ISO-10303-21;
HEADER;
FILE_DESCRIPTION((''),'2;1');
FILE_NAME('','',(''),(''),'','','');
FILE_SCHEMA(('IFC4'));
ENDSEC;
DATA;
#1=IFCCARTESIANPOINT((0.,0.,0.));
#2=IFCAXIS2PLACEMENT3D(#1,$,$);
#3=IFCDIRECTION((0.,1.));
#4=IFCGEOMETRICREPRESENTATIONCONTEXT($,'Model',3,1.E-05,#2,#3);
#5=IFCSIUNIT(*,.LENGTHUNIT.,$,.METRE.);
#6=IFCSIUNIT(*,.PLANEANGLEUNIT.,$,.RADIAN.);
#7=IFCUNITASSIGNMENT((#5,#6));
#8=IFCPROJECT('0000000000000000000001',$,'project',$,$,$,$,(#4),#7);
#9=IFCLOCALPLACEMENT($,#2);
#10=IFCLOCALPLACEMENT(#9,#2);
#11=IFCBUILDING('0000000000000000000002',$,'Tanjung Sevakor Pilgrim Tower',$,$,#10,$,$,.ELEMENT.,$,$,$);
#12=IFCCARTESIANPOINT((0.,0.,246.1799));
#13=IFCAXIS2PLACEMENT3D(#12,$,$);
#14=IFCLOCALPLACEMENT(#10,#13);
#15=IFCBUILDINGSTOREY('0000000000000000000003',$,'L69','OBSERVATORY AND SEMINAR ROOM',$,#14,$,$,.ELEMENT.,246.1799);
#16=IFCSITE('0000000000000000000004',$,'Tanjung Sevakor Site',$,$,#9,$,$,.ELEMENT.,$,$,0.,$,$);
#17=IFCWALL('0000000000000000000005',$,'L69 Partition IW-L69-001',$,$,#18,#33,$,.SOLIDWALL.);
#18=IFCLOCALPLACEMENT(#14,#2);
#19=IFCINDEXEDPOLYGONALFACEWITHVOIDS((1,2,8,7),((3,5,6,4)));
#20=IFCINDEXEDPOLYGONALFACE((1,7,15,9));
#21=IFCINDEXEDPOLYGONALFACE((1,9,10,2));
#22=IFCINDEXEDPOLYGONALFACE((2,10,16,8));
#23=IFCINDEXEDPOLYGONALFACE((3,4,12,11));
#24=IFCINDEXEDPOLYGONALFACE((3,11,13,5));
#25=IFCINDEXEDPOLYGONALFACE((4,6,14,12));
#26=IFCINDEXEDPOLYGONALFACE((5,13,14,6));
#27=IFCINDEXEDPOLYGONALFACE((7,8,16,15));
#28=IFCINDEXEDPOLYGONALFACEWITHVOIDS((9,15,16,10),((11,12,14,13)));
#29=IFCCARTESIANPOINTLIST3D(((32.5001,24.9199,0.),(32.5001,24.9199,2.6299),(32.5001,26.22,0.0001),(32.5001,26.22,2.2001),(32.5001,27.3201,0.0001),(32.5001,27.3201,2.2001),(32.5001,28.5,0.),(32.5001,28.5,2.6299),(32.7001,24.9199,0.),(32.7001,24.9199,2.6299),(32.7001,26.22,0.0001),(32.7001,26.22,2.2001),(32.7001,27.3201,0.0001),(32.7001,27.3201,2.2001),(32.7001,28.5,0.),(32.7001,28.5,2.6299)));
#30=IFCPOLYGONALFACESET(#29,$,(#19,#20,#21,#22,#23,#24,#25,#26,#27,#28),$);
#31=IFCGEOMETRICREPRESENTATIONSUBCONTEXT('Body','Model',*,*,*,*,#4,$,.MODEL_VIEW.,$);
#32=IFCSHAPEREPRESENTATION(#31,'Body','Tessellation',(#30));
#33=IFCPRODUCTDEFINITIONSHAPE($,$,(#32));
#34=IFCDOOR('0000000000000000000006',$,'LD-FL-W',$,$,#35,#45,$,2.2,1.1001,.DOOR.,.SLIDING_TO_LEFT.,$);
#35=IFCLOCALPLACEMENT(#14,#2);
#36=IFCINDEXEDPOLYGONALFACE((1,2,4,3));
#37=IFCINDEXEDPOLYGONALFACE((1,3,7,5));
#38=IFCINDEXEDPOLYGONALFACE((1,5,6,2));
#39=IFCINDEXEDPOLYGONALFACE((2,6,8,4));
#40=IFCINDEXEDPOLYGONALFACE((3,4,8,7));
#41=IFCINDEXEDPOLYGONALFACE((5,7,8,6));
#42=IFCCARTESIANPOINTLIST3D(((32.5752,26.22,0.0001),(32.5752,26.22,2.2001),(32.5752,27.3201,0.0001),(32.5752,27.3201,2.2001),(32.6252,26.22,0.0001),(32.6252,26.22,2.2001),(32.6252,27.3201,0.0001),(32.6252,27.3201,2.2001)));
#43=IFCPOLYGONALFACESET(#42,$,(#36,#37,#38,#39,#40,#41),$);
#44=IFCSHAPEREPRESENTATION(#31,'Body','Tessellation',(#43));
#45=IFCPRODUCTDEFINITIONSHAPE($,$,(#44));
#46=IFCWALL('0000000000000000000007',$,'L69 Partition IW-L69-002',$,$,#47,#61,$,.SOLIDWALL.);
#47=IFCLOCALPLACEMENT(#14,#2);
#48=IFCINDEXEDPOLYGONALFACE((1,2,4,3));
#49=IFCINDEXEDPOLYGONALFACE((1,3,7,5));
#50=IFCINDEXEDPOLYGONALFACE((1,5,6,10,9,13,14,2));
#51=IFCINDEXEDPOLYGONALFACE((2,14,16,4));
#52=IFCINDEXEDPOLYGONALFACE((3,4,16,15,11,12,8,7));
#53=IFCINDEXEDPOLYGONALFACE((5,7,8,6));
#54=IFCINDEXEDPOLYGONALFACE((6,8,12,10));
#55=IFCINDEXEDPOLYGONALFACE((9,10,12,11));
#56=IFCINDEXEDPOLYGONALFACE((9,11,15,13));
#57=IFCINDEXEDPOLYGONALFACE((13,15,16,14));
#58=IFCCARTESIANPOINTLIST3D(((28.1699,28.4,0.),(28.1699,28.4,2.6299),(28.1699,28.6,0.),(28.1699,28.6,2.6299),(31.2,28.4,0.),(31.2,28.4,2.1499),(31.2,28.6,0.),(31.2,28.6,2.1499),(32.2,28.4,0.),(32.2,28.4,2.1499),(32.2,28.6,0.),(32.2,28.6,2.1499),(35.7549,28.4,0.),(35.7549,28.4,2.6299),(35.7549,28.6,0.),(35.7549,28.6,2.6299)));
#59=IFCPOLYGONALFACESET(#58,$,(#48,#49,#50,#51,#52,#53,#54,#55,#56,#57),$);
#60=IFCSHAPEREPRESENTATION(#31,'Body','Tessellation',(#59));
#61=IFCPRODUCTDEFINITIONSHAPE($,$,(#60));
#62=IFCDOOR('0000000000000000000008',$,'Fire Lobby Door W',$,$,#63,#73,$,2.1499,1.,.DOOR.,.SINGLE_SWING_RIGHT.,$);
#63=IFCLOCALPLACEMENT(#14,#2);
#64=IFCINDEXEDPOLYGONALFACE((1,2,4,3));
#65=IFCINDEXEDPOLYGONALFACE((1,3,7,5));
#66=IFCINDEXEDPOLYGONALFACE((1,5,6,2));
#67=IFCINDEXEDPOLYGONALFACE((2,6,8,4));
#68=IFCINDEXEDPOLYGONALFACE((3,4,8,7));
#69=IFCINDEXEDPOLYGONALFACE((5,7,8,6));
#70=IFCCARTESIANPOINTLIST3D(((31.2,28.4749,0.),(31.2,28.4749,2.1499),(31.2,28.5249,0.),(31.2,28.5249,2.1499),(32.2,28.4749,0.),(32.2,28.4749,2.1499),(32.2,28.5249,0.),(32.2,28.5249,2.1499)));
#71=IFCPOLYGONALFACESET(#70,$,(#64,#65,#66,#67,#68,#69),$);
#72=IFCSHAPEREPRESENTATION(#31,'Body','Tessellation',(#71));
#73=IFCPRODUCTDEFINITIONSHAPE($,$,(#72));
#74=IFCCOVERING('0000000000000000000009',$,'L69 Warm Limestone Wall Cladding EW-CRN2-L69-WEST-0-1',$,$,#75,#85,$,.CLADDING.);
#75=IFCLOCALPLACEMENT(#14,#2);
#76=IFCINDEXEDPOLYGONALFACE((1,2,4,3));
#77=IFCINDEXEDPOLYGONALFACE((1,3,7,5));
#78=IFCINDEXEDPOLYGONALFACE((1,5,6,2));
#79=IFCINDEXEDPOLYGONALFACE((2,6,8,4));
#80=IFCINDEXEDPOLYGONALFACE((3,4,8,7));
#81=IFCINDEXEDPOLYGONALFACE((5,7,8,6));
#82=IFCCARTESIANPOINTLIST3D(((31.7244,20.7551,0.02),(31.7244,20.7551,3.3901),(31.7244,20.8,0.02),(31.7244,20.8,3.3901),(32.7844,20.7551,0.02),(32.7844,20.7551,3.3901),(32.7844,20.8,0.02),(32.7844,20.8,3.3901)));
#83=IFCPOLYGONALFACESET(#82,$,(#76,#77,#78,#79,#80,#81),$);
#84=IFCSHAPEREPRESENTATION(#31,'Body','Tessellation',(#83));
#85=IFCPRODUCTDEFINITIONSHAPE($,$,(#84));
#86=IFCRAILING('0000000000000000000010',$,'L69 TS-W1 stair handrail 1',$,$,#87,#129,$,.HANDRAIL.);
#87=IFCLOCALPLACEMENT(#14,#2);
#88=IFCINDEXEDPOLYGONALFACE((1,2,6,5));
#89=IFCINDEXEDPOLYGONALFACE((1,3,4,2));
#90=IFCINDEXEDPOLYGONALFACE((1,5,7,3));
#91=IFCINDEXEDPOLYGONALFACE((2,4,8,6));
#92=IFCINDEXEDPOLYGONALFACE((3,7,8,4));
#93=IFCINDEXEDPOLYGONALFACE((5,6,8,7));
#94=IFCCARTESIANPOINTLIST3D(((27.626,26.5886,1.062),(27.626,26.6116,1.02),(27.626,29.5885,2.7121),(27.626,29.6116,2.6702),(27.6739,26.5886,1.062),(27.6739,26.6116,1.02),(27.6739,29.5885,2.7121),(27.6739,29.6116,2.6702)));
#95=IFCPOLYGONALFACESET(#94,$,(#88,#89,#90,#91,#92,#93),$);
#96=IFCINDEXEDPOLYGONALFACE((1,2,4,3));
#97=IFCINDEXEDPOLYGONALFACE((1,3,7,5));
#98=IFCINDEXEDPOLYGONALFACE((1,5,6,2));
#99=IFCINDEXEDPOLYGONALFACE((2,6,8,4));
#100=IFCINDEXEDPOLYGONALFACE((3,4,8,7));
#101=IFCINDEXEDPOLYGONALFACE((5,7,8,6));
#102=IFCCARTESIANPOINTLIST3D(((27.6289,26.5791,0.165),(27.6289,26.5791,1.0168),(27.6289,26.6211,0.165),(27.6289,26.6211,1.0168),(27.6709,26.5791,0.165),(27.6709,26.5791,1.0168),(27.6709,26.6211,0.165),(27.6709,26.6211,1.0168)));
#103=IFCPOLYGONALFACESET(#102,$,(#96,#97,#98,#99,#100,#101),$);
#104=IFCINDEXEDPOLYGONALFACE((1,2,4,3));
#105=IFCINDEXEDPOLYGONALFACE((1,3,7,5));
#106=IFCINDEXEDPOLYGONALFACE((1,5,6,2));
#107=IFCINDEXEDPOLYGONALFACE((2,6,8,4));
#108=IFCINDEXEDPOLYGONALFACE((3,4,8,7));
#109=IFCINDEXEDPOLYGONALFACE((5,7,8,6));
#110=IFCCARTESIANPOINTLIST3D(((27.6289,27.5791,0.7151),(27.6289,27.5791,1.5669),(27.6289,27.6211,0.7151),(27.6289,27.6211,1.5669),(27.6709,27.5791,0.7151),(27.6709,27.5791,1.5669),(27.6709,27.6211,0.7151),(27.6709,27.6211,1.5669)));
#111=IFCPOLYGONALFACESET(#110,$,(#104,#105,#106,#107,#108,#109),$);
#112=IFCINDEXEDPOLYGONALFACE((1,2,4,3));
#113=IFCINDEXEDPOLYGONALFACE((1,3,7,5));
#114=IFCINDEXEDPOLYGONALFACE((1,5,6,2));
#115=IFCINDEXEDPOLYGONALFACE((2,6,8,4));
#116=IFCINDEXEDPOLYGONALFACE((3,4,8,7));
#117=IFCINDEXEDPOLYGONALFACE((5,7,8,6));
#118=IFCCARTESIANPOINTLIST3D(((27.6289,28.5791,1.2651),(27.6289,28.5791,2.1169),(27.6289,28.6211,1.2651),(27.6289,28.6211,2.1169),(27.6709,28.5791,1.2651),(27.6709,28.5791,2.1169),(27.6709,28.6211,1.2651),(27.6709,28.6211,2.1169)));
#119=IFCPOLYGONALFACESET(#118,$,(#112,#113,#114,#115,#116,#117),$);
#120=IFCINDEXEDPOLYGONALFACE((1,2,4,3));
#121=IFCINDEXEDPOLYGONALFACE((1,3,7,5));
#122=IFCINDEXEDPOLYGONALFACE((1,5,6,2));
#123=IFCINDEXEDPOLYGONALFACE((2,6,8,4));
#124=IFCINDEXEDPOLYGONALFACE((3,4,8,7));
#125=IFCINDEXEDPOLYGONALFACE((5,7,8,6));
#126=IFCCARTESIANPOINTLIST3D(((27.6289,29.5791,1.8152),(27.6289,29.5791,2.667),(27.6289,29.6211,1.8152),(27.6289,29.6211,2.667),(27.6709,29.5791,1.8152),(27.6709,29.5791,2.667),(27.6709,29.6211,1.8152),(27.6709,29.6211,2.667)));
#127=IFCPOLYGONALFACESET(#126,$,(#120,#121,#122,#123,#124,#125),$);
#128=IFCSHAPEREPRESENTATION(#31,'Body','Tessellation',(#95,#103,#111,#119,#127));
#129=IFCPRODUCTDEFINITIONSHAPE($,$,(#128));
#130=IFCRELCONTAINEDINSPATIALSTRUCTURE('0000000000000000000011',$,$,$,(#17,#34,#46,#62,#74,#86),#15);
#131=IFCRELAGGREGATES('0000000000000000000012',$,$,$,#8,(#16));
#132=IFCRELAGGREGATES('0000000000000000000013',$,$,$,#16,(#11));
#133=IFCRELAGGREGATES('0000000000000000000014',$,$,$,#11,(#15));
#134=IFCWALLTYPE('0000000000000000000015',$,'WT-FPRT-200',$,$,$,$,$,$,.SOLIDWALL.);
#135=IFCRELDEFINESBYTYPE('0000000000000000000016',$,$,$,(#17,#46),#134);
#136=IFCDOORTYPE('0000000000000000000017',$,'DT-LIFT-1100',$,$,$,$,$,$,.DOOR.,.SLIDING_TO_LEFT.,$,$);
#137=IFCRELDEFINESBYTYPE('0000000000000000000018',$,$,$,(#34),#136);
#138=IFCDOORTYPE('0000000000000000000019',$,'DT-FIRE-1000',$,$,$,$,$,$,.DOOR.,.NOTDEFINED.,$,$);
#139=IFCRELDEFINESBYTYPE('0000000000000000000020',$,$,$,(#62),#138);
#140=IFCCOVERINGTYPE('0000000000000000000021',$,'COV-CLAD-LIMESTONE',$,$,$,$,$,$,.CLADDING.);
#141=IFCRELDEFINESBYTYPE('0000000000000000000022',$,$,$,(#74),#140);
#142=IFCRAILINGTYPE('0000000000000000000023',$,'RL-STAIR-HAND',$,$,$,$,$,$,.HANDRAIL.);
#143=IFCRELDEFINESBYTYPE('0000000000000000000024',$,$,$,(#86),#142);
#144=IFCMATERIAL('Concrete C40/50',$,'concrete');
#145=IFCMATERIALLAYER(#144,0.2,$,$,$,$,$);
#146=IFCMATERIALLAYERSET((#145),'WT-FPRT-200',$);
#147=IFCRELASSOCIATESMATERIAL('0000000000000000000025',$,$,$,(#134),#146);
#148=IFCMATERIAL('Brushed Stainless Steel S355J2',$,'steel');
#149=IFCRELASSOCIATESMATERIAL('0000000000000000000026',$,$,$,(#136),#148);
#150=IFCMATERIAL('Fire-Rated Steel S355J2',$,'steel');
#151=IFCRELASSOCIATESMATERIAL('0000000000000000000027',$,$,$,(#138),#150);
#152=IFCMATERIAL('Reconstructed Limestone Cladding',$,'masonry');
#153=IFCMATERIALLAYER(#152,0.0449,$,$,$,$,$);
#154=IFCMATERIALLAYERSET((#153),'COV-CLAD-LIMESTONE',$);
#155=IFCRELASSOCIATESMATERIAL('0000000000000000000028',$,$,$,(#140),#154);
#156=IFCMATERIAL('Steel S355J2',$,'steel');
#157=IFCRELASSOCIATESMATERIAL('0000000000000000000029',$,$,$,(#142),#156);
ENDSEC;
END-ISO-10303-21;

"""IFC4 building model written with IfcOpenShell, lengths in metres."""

from ifc_helpers import new_model, si_unit, direction, frame, frame_2d, origin, origin_2d, place, context, subcontext, project, spatial, rectangle, extrude, material, layer, layer_set, type_object, element, fill, save


model = new_model("IFC4")

# Units and contexts
model_context = context("Model", 3, precision=1e-05, world=origin(), true_north=direction((0.0, 1.0)))
body_context = subcontext(model_context, "Body", "Model", "MODEL_VIEW")
ifc_project = project(units=[si_unit("LENGTHUNIT", "METRE"), si_unit("PLANEANGLEUNIT", "RADIAN")], contexts=[model_context])

# Site, building, storey
site_placement = place(None, origin())
site = spatial("IfcSite", under=ifc_project, at=site_placement, Name="Tanjung Sevakor Site", CompositionType="ELEMENT", RefElevation=0.0)
building_placement = place(site_placement, origin())
building = spatial("IfcBuilding", under=site, at=building_placement, Name="Tanjung Sevakor Pilgrim Tower", CompositionType="ELEMENT")
storey_placement = place(building_placement, frame((0.0, 0.0, 246.1799)))
storey = spatial("IfcBuildingStorey", under=building, at=storey_placement, Name="L69", Description="OBSERVATORY AND SEMINAR ROOM", CompositionType="ELEMENT", Elevation=246.1799)

# Walls, openings, doors
ifc_material_1 = material(Name="Concrete C40/50", Category="concrete")
ifc_layer_1 = layer(ifc_material_1, 0.2)
ifc_layer_set_1 = layer_set([ifc_layer_1], Name="WT-FPRT-200")
wall_type_1 = type_object("IfcWallType", Name="WT-FPRT-200", PredefinedType="SOLIDWALL", material=ifc_layer_set_1)
wall_1_placement = place(storey_placement, frame((32.6001, 24.9199, 0.0), z_axis=(0.0, 0.0, 1.0), x_axis=(0.0, 1.0, 0.0)))
wall_1 = element("IfcWall", 1, at=wall_1_placement, inside=storey, type_object=wall_type_1, Name="L69 Partition IW-L69-001", PredefinedType="SOLIDWALL", context=body_context, shape_type="SweptSolid", body=[
    extrude(rectangle(XDim=3.5801, YDim=0.2, at=frame_2d((1.79, 0.0))), origin(), (0.0, 0.0, 1.0), 2.6299),
])
opening_1_placement = place(wall_1_placement, frame((1.3, 0.0, 0.0)))
opening_1 = element("IfcOpeningElement", 2, at=opening_1_placement, cuts=wall_1, PredefinedType="OPENING", context=body_context, shape_type="SweptSolid", body=[
    extrude(rectangle(XDim=1.1001, YDim=2.2, at=frame_2d((0.55, 1.1001))), frame((0.0, 0.1099, 0.0), z_axis=(0.0, -1.0, 0.0), x_axis=(1.0, 0.0, 0.0)), (0.0, 0.0, 1.0), 0.22),
])
ifc_material_2 = material(Name="Brushed Stainless Steel S355J2", Category="steel")
door_type_1 = type_object("IfcDoorType", Name="DT-LIFT-1100", OperationType="SLIDING_TO_LEFT", PredefinedType="DOOR", material=ifc_material_2)
door_1_placement = place(opening_1_placement, origin())
door_1 = element("IfcDoor", 3, at=door_1_placement, inside=storey, type_object=door_type_1, Name="LD-FL-W", OperationType="SLIDING_TO_LEFT", OverallHeight=2.2, OverallWidth=1.1001, PredefinedType="DOOR", context=body_context, shape_type="SweptSolid", body=[
    extrude(rectangle(XDim=1.1001, YDim=2.2, at=frame_2d((0.55, 1.1001))), frame((0.0, 0.0249, 0.0), z_axis=(0.0, -1.0, 0.0), x_axis=(1.0, 0.0, 0.0)), (0.0, 0.0, 1.0), 0.05),
])
fill(opening_1, door_1)
wall_2_placement = place(storey_placement, frame((28.1699, 28.5, 0.0), z_axis=(0.0, 0.0, 1.0), x_axis=(1.0, 0.0, 0.0)))
wall_2 = element("IfcWall", 4, at=wall_2_placement, inside=storey, type_object=wall_type_1, Name="L69 Partition IW-L69-002", PredefinedType="SOLIDWALL", context=body_context, shape_type="SweptSolid", body=[
    extrude(rectangle(XDim=7.585, YDim=0.2, at=frame_2d((3.7925, 0.0))), origin(), (0.0, 0.0, 1.0), 2.6299),
])
opening_2_placement = place(wall_2_placement, frame((3.03, 0.0, 0.0)))
opening_2 = element("IfcOpeningElement", 5, at=opening_2_placement, cuts=wall_2, PredefinedType="OPENING", context=body_context, shape_type="SweptSolid", body=[
    extrude(rectangle(XDim=1.0, YDim=2.1499, at=frame_2d((0.5, 1.075))), frame((0.0, 0.1099, 0.0), z_axis=(0.0, -1.0, 0.0), x_axis=(1.0, 0.0, 0.0)), (0.0, 0.0, 1.0), 0.22),
])
ifc_material_3 = material(Name="Fire-Rated Steel S355J2", Category="steel")
door_type_2 = type_object("IfcDoorType", Name="DT-FIRE-1000", OperationType="NOTDEFINED", PredefinedType="DOOR", material=ifc_material_3)
door_2_placement = place(opening_2_placement, origin())
door_2 = element("IfcDoor", 6, at=door_2_placement, inside=storey, type_object=door_type_2, Name="Fire Lobby Door W", OperationType="SINGLE_SWING_RIGHT", OverallHeight=2.1499, OverallWidth=1.0, PredefinedType="DOOR", context=body_context, shape_type="SweptSolid", body=[
    extrude(rectangle(XDim=1.0, YDim=2.1499, at=frame_2d((0.5, 1.075))), frame((0.0, 0.0249, 0.0), z_axis=(0.0, -1.0, 0.0), x_axis=(1.0, 0.0, 0.0)), (0.0, 0.0, 1.0), 0.05),
])
fill(opening_2, door_2)

# Covering
ifc_material_4 = material(Name="Reconstructed Limestone Cladding", Category="masonry")
ifc_layer_2 = layer(ifc_material_4, 0.0449)
ifc_layer_set_2 = layer_set([ifc_layer_2], Name="COV-CLAD-LIMESTONE")
covering_type = type_object("IfcCoveringType", Name="COV-CLAD-LIMESTONE", PredefinedType="CLADDING", material=ifc_layer_set_2)
covering_placement = place(storey_placement, frame((32.2544, 20.7776, 0.02), z_axis=(0.0, 0.0, 1.0), x_axis=(1.0, 0.0, 0.0)))
element("IfcCovering", 7, at=covering_placement, inside=storey, type_object=covering_type, Name="L69 Warm Limestone Wall Cladding EW-CRN2-L69-WEST-0-1", PredefinedType="CLADDING", context=body_context, shape_type="SweptSolid", body=[
    extrude(rectangle(XDim=1.0601, YDim=0.0449, at=origin_2d()), origin(), (0.0, 0.0, 1.0), 3.3701),
])

# Railing
ifc_material_5 = material(Name="Steel S355J2", Category="steel")
railing_type = type_object("IfcRailingType", Name="RL-STAIR-HAND", PredefinedType="HANDRAIL", material=ifc_material_5)
railing_placement = place(storey_placement, frame((27.6499, 26.6001, 0.165)))
element("IfcRailing", 8, at=railing_placement, inside=storey, type_object=railing_type, Name="L69 TS-W1 stair handrail 1", PredefinedType="HANDRAIL", context=body_context, shape_type="SweptSolid", body=[
    extrude(rectangle(XDim=0.0479, YDim=0.0479), frame((0.0, 0.0, 0.876), z_axis=(0.0, 0.876198, 0.481952), x_axis=(-1.0, 0.0, 0.0)), (0.0, 0.0, 1.0), 3.4238),
    extrude(rectangle(XDim=0.042, YDim=0.042), origin(), (0.0, 0.0, 1.0), 0.8518),
    extrude(rectangle(XDim=0.042, YDim=0.042), frame((0.0, 1.0, 0.55)), (0.0, 0.0, 1.0), 0.8518),
    extrude(rectangle(XDim=0.042, YDim=0.042), frame((0.0, 2.0, 1.1001)), (0.0, 0.0, 1.0), 0.8518),
    extrude(rectangle(XDim=0.042, YDim=0.042), frame((0.0, 3.0, 1.6501)), (0.0, 0.0, 1.0), 0.8518),
])

save(model, "model.ifc")
